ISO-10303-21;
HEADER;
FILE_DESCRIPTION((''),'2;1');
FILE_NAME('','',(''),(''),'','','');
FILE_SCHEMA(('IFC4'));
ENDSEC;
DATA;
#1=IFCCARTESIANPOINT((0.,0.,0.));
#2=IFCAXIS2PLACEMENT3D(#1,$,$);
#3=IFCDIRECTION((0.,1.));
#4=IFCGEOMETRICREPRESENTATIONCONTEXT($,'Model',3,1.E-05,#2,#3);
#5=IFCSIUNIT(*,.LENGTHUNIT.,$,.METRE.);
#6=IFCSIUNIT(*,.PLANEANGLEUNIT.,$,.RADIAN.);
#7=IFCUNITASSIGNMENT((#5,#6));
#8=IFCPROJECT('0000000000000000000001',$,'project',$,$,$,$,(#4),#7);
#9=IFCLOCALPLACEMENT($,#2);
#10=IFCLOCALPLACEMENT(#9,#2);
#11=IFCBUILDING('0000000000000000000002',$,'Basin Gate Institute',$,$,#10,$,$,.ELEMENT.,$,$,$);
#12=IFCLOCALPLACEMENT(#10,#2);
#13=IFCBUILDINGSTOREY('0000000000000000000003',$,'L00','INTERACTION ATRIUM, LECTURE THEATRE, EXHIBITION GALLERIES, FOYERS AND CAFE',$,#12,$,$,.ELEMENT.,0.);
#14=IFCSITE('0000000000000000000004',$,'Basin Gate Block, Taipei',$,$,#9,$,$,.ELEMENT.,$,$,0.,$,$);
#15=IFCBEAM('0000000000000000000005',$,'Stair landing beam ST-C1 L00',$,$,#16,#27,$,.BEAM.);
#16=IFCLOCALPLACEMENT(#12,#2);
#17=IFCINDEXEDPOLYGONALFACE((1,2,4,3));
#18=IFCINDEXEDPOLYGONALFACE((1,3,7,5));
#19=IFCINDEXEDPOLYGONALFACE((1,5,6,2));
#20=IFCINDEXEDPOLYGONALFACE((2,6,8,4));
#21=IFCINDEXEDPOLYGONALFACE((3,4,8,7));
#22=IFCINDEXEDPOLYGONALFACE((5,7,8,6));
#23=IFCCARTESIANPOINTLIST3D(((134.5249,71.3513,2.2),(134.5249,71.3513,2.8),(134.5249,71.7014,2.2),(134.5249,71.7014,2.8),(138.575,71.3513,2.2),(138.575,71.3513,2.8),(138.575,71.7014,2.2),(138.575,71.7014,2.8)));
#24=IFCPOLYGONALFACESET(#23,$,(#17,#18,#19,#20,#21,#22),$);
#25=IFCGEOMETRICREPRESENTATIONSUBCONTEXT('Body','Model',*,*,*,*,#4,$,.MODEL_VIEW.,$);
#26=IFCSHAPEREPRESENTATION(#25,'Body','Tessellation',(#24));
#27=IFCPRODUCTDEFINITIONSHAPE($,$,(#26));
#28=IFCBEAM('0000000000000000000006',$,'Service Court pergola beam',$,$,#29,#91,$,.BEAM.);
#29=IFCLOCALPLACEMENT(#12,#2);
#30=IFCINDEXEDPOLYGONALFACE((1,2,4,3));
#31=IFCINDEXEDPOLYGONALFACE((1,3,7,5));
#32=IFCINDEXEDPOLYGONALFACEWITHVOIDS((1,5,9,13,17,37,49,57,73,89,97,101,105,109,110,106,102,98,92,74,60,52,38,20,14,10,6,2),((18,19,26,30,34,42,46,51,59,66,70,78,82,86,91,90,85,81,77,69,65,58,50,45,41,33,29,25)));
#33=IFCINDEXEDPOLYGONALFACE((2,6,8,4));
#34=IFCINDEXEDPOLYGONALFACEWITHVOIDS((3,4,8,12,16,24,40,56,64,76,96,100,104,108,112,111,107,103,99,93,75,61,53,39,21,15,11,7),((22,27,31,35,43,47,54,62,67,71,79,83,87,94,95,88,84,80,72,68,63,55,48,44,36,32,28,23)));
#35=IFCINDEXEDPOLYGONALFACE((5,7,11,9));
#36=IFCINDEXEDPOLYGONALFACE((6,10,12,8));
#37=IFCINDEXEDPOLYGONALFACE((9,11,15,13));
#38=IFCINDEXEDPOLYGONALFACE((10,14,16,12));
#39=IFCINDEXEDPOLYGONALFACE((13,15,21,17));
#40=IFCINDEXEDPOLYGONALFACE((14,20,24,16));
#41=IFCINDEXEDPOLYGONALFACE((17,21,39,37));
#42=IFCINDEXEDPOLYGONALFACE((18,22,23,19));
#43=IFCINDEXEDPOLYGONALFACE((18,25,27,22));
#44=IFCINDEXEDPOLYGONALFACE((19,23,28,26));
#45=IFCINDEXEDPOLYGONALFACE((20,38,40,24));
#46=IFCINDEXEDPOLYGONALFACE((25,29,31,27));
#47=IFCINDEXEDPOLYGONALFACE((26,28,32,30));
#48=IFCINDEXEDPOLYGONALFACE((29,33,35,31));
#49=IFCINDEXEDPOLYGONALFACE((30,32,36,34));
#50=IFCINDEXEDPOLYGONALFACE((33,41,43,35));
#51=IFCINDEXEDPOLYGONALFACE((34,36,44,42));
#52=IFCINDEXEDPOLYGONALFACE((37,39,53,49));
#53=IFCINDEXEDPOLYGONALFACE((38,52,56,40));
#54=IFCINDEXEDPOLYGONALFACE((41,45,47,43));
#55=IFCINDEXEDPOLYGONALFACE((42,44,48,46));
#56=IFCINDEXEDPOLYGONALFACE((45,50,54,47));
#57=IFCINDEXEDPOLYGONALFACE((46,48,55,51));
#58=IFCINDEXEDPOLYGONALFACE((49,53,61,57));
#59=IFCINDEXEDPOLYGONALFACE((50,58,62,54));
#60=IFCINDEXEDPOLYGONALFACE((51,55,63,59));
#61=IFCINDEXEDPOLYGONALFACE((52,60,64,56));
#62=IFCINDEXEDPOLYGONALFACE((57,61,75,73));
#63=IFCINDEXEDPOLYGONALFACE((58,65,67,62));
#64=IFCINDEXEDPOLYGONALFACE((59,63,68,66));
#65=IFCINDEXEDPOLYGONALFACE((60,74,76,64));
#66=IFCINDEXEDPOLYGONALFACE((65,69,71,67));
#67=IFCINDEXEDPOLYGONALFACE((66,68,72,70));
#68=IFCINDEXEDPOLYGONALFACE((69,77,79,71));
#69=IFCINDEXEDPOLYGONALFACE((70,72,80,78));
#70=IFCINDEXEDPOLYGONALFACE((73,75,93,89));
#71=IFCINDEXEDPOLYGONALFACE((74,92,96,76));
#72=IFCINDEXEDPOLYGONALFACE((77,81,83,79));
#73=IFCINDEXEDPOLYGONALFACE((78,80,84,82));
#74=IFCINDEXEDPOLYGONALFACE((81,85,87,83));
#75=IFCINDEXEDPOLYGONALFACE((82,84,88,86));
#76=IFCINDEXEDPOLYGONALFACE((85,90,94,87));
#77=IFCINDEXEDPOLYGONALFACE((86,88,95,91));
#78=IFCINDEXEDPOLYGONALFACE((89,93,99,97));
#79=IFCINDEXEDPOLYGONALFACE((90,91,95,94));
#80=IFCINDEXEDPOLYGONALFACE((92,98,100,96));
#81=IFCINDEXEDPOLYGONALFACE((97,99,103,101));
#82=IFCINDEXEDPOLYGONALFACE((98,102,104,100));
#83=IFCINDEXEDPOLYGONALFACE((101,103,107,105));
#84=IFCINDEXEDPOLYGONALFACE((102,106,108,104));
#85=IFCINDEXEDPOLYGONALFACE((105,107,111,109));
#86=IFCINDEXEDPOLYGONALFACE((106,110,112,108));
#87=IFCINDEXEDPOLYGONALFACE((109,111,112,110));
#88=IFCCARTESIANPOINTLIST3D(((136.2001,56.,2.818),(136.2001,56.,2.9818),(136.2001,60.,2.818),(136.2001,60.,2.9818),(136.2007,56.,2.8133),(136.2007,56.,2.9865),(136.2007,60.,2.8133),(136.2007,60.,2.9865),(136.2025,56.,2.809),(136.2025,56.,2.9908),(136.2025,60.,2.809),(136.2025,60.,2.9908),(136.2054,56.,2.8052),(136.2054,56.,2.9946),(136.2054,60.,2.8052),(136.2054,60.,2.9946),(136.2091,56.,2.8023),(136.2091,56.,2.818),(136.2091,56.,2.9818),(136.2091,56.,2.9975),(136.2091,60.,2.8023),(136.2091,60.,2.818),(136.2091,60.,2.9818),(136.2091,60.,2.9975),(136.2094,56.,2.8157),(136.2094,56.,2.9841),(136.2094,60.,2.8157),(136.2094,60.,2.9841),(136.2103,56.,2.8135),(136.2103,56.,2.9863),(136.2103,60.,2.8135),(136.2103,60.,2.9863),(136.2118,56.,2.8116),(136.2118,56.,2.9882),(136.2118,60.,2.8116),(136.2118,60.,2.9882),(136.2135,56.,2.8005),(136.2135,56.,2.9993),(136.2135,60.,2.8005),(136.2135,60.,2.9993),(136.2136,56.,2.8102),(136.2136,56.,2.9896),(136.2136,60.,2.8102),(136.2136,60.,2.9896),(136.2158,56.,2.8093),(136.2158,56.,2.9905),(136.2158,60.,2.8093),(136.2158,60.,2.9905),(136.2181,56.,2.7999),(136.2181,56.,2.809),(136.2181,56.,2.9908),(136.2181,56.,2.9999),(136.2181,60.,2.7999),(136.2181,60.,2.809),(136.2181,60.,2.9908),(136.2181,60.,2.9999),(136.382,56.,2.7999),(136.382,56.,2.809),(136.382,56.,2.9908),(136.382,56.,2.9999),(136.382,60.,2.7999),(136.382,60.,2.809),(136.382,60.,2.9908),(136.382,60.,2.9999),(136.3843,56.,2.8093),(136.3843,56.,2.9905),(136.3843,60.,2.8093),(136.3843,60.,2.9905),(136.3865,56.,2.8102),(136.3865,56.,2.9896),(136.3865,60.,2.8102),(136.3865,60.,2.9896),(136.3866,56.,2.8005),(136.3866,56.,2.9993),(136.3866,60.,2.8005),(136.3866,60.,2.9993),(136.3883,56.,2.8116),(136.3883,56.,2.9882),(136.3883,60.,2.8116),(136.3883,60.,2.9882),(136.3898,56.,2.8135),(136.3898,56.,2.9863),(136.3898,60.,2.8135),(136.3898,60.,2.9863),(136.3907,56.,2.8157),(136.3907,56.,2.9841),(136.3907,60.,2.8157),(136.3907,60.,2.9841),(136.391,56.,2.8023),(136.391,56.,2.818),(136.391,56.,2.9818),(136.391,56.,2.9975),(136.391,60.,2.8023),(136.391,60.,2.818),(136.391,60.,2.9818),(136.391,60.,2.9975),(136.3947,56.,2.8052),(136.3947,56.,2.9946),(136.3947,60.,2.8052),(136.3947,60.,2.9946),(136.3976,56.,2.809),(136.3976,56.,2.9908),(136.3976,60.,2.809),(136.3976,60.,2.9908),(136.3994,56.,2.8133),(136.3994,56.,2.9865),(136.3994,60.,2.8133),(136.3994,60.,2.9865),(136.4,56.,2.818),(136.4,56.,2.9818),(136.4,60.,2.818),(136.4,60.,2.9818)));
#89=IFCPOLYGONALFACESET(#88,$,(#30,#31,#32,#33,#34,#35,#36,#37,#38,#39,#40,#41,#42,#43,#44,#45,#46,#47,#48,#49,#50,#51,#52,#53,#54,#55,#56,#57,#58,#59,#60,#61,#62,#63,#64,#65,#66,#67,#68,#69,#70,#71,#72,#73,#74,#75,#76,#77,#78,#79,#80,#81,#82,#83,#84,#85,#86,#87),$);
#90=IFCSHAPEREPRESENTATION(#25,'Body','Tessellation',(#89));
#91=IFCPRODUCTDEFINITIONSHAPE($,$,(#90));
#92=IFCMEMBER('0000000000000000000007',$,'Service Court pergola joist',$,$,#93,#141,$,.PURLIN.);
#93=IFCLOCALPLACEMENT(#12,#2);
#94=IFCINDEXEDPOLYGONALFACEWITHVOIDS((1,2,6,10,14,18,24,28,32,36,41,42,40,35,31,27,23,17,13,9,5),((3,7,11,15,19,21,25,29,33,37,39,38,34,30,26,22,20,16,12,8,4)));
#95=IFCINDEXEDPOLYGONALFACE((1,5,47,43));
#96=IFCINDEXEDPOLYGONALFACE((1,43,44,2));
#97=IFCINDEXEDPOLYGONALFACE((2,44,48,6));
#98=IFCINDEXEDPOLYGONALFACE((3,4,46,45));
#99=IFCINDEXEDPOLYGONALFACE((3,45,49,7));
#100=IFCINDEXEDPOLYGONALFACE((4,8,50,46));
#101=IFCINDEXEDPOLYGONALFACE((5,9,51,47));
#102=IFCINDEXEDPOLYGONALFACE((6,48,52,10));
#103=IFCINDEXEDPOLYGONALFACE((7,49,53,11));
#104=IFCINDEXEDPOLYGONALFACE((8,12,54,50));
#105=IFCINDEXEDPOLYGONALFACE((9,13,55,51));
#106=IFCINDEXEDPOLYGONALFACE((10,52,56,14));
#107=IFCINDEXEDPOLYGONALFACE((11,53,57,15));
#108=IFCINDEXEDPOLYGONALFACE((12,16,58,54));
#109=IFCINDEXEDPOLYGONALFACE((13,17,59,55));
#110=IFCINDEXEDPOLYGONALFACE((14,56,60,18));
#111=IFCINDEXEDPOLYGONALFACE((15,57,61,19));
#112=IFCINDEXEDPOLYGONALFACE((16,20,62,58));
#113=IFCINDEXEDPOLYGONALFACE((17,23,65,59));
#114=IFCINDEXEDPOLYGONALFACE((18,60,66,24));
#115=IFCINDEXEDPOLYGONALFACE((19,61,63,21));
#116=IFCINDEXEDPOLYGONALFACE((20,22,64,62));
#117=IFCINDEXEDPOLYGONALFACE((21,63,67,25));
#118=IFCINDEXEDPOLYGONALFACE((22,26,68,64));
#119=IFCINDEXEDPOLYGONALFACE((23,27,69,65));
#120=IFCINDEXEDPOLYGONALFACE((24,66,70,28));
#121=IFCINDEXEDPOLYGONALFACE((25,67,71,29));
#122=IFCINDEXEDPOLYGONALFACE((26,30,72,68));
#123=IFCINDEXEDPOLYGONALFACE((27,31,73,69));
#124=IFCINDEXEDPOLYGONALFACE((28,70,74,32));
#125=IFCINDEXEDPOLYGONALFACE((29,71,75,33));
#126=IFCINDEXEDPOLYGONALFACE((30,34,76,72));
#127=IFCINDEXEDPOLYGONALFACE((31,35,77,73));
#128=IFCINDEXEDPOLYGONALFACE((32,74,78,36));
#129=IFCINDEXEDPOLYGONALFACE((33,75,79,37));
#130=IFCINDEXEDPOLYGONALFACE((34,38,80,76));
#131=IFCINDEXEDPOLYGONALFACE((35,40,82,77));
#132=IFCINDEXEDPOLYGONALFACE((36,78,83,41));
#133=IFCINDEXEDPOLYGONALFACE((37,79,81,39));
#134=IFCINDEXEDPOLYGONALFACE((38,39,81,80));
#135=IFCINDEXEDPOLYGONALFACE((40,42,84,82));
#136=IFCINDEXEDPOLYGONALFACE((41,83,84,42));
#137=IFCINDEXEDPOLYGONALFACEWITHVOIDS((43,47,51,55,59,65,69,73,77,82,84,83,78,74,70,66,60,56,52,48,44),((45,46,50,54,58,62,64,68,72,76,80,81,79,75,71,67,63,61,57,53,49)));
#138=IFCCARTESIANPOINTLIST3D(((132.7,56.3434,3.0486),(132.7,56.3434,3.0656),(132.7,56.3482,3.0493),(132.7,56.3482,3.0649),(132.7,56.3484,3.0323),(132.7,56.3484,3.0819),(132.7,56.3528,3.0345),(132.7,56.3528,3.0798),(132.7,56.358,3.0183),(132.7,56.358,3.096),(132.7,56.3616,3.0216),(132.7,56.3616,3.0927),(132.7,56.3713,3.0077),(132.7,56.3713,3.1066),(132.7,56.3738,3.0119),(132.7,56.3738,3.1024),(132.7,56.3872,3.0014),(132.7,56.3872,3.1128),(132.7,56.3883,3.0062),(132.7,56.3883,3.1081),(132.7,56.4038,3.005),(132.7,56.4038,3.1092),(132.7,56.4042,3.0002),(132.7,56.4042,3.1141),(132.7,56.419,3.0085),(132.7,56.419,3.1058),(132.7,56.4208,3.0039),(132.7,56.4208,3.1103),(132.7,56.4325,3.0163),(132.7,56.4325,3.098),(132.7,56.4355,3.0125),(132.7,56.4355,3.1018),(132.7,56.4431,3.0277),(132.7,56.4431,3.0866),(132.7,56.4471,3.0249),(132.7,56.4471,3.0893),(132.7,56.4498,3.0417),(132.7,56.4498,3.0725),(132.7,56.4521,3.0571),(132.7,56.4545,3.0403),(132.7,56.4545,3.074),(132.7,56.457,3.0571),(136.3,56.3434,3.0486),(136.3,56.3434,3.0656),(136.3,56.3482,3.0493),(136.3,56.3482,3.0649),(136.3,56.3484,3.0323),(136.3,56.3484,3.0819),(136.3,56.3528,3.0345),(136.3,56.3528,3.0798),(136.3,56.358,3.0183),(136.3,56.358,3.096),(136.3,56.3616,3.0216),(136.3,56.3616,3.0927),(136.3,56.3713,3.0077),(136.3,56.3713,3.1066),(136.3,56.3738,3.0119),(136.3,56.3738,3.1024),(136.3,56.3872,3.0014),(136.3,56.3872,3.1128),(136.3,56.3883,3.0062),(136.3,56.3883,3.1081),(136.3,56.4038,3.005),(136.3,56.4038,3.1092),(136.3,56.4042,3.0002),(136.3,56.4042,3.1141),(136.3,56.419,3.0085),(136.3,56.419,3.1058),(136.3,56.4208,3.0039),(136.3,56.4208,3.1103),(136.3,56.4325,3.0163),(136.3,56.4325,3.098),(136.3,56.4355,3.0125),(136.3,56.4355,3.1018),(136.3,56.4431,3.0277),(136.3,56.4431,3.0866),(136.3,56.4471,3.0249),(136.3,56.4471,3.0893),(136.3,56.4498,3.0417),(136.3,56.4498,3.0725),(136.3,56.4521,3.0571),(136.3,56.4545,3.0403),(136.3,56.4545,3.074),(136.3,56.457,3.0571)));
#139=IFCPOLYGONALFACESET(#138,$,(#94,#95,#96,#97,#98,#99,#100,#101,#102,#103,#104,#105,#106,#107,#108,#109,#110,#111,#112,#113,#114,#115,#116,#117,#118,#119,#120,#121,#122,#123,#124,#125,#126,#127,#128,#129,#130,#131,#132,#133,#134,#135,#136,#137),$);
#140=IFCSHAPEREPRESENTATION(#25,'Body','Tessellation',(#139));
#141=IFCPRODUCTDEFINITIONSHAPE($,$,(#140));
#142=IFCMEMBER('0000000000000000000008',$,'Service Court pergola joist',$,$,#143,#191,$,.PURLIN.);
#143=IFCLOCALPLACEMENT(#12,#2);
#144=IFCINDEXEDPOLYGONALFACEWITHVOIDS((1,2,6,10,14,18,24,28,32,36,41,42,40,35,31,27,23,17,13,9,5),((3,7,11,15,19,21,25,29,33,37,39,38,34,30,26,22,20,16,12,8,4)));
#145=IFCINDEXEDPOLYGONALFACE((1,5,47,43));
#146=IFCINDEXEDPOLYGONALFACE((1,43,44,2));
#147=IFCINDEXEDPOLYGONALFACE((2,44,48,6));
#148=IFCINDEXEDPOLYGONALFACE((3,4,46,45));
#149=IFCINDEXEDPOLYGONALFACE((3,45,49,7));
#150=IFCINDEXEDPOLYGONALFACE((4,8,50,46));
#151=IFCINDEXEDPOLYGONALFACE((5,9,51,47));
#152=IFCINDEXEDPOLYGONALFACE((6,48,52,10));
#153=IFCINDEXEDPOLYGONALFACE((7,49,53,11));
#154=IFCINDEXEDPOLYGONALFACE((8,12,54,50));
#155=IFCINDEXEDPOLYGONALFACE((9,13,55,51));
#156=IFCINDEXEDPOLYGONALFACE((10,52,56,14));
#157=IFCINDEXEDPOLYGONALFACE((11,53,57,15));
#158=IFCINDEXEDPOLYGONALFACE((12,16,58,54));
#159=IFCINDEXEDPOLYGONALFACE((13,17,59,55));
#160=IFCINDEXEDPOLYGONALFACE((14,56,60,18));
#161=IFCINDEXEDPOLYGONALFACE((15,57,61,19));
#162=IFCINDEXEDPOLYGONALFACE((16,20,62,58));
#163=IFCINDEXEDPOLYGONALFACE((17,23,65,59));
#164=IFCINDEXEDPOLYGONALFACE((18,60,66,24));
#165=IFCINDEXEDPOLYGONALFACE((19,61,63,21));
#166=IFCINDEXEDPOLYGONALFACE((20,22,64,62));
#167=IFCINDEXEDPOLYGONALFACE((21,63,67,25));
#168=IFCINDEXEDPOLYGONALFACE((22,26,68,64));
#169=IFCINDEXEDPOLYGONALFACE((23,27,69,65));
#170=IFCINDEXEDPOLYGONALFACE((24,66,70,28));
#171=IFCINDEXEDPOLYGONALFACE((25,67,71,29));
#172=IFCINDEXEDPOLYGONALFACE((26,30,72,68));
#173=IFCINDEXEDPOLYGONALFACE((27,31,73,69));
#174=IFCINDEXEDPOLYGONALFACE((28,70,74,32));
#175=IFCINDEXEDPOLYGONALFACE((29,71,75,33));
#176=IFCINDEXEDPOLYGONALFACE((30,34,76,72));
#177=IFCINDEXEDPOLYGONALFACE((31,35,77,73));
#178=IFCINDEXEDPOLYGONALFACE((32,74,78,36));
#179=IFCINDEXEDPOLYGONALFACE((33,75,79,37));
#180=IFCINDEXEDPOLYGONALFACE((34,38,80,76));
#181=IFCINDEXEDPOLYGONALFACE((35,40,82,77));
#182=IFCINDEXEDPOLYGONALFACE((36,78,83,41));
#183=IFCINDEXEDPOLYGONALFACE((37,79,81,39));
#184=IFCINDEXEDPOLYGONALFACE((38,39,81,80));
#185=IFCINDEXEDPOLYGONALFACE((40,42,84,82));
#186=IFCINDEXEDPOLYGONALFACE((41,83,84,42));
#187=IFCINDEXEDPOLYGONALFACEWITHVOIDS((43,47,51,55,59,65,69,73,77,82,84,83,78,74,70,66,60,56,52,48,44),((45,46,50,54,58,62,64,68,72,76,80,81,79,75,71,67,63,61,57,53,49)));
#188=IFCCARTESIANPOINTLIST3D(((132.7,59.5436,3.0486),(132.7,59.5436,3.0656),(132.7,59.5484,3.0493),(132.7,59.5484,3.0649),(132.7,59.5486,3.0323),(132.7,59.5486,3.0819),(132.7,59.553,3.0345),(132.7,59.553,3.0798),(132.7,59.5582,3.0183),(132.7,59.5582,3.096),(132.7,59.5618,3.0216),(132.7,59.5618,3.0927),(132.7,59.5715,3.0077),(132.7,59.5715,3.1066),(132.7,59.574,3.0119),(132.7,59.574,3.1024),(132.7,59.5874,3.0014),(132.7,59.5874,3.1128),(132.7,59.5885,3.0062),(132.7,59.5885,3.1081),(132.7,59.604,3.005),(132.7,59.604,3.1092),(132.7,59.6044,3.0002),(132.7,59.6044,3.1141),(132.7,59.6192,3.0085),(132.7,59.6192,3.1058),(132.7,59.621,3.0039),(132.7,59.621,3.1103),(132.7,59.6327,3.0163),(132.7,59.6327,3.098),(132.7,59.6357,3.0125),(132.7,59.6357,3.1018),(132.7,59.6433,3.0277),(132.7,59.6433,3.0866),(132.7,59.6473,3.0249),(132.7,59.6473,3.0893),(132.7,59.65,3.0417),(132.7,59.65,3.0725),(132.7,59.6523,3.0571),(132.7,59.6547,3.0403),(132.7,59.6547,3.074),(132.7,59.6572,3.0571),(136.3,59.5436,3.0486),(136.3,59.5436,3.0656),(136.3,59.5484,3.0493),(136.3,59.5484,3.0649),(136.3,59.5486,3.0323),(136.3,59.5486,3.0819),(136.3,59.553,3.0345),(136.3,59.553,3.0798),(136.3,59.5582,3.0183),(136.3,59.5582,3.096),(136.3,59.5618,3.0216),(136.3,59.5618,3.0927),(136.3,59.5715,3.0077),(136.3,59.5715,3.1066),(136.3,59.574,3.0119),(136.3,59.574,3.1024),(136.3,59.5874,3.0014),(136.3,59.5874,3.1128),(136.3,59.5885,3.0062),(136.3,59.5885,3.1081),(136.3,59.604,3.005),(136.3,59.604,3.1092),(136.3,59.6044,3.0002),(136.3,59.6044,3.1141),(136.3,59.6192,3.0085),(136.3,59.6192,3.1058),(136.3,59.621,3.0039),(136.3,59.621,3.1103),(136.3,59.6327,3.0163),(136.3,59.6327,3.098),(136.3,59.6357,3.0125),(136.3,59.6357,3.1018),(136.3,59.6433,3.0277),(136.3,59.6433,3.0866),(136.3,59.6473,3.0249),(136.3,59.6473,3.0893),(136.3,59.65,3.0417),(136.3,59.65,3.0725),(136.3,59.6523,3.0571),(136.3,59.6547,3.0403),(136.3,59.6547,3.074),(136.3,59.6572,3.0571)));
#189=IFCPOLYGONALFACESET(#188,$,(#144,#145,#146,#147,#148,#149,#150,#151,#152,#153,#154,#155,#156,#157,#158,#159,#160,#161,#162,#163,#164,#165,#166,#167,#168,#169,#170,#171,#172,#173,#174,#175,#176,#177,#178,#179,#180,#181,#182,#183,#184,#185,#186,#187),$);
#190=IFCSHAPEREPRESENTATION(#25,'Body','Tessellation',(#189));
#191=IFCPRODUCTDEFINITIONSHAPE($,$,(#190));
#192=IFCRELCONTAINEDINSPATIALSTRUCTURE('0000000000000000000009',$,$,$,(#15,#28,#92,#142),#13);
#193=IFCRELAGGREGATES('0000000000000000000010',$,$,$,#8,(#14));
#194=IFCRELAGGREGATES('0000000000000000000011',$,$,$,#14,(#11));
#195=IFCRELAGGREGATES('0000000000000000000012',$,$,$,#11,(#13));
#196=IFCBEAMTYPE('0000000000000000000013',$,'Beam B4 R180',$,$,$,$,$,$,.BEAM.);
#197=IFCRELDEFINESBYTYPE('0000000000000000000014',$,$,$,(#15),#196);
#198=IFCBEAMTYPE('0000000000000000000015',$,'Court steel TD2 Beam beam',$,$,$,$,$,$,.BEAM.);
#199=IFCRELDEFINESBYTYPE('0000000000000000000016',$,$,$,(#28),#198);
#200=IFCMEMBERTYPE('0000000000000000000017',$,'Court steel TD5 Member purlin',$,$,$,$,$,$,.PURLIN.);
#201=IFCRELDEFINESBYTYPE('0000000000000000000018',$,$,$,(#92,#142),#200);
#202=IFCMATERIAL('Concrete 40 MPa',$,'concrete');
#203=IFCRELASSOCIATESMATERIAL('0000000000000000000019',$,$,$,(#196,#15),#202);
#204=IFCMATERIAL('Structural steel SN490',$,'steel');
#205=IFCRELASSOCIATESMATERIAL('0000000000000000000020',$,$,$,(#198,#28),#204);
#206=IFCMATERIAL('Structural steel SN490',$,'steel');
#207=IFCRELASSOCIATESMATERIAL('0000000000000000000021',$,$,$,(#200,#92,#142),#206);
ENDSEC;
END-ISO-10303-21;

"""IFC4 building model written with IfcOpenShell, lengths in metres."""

from ifc_helpers import new_model, si_unit, direction, frame, origin, origin_2d, place, context, subcontext, project, spatial, rectangle, hollow_rectangle, hollow_circle, extrude, material, material_profile, profile_set, type_object, element, save


model = new_model("IFC4")

# Units and contexts
model_context = context("Model", 3, precision=1e-05, world=origin(), true_north=direction((0.0, 1.0)))
body_context = subcontext(model_context, "Body", "Model", "MODEL_VIEW")
ifc_project = project(units=[si_unit("LENGTHUNIT", "METRE"), si_unit("PLANEANGLEUNIT", "RADIAN")], contexts=[model_context])

# Site, building, storey
site_placement = place(None, origin())
site = spatial("IfcSite", under=ifc_project, at=site_placement, Name="Basin Gate Block, Taipei", CompositionType="ELEMENT", RefElevation=0.0)
building_placement = place(site_placement, origin())
building = spatial("IfcBuilding", under=site, at=building_placement, Name="Basin Gate Institute", CompositionType="ELEMENT")
storey_placement = place(building_placement, origin())
storey = spatial("IfcBuildingStorey", under=building, at=storey_placement, Name="L00", Description="INTERACTION ATRIUM, LECTURE THEATRE, EXHIBITION GALLERIES, FOYERS AND CAFE", CompositionType="ELEMENT", Elevation=0.0)

# Beams
ifc_material_1 = material(Name="Concrete 40 MPa", Category="concrete")
ifc_material_profile_1 = material_profile(ifc_material_1, rectangle(XDim=0.3501, YDim=0.6001, at=origin_2d()), Name="Beam B4 350 x 600")
ifc_profile_set_1 = profile_set([ifc_material_profile_1], Name="Concrete 40 MPa")
beam_type_1 = type_object("IfcBeamType", Name="Beam B4 R180", PredefinedType="BEAM", material=ifc_profile_set_1)
beam_1_placement = place(storey_placement, frame((134.5249, 71.5264, 2.5), z_axis=(1.0, 0.0, 0.0), x_axis=(0.0, 1.0, 0.0)))
element("IfcBeam", 1, at=beam_1_placement, inside=storey, type_object=beam_type_1, material=ifc_profile_set_1, Name="Stair landing beam ST-C1 L00", PredefinedType="BEAM", context=body_context, shape_type="SweptSolid", body=[
    extrude(rectangle(XDim=0.3501, YDim=0.6001, at=origin_2d()), origin(), (0.0, 0.0, 1.0), 4.05),
])
ifc_material_2 = material(Name="Structural steel SN490", Category="steel")
ifc_material_profile_2 = material_profile(ifc_material_2, hollow_rectangle(XDim=0.2, YDim=0.2, WallThickness=0.009, InnerFilletRadius=0.009, OuterFilletRadius=0.0181, at=origin_2d()), Name="RHS200x200x9")
ifc_profile_set_2 = profile_set([ifc_material_profile_2], Name="Structural steel SN490")
beam_type_2 = type_object("IfcBeamType", Name="Court steel TD2 Beam beam", PredefinedType="BEAM", material=ifc_profile_set_2)
beam_2_placement = place(storey_placement, frame((136.3, 56.0, 2.8999), z_axis=(0.0, 1.0, 0.0), x_axis=(-1.0, 0.0, 0.0)))
element("IfcBeam", 2, at=beam_2_placement, inside=storey, type_object=beam_type_2, material=ifc_profile_set_2, Name="Service Court pergola beam", PredefinedType="BEAM", context=body_context, shape_type="SweptSolid", body=[
    extrude(hollow_rectangle(XDim=0.2, YDim=0.2, WallThickness=0.009, InnerFilletRadius=0.009, OuterFilletRadius=0.0181, at=origin_2d()), origin(), (0.0, 0.0, 1.0), 4.0),
])

# Members
ifc_material_3 = material(Name="Structural steel SN490", Category="steel")
ifc_material_profile_3 = material_profile(ifc_material_3, hollow_circle(Radius=0.0571, WallThickness=0.0049, at=origin_2d()), Name="CHS114x5")
ifc_profile_set_3 = profile_set([ifc_material_profile_3], Name="Structural steel SN490")
member_type = type_object("IfcMemberType", Name="Court steel TD5 Member purlin", PredefinedType="PURLIN", material=ifc_profile_set_3)
for number, where, z_axis, x_axis, name in (
    (3, (132.7, 56.3999, 3.0571), (1.0, 0.0, 0.0), (0.0, 1.0, 0.0), "Service Court pergola joist"),
    (4, (132.7, 59.6001, 3.0571), (1.0, 0.0, 0.0), (0.0, 1.0, 0.0), "Service Court pergola joist"),
):
    element("IfcMember", number, at=place(storey_placement, frame(where, z_axis=z_axis, x_axis=x_axis)), inside=storey, type_object=member_type, material=ifc_profile_set_3, Name=name, PredefinedType="PURLIN", context=body_context, shape_type="SweptSolid", body=[
        extrude(hollow_circle(Radius=0.0571, WallThickness=0.0049, at=origin_2d()), origin(), (0.0, 0.0, 1.0), 3.6001),
    ])

save(model, "model.ifc")
